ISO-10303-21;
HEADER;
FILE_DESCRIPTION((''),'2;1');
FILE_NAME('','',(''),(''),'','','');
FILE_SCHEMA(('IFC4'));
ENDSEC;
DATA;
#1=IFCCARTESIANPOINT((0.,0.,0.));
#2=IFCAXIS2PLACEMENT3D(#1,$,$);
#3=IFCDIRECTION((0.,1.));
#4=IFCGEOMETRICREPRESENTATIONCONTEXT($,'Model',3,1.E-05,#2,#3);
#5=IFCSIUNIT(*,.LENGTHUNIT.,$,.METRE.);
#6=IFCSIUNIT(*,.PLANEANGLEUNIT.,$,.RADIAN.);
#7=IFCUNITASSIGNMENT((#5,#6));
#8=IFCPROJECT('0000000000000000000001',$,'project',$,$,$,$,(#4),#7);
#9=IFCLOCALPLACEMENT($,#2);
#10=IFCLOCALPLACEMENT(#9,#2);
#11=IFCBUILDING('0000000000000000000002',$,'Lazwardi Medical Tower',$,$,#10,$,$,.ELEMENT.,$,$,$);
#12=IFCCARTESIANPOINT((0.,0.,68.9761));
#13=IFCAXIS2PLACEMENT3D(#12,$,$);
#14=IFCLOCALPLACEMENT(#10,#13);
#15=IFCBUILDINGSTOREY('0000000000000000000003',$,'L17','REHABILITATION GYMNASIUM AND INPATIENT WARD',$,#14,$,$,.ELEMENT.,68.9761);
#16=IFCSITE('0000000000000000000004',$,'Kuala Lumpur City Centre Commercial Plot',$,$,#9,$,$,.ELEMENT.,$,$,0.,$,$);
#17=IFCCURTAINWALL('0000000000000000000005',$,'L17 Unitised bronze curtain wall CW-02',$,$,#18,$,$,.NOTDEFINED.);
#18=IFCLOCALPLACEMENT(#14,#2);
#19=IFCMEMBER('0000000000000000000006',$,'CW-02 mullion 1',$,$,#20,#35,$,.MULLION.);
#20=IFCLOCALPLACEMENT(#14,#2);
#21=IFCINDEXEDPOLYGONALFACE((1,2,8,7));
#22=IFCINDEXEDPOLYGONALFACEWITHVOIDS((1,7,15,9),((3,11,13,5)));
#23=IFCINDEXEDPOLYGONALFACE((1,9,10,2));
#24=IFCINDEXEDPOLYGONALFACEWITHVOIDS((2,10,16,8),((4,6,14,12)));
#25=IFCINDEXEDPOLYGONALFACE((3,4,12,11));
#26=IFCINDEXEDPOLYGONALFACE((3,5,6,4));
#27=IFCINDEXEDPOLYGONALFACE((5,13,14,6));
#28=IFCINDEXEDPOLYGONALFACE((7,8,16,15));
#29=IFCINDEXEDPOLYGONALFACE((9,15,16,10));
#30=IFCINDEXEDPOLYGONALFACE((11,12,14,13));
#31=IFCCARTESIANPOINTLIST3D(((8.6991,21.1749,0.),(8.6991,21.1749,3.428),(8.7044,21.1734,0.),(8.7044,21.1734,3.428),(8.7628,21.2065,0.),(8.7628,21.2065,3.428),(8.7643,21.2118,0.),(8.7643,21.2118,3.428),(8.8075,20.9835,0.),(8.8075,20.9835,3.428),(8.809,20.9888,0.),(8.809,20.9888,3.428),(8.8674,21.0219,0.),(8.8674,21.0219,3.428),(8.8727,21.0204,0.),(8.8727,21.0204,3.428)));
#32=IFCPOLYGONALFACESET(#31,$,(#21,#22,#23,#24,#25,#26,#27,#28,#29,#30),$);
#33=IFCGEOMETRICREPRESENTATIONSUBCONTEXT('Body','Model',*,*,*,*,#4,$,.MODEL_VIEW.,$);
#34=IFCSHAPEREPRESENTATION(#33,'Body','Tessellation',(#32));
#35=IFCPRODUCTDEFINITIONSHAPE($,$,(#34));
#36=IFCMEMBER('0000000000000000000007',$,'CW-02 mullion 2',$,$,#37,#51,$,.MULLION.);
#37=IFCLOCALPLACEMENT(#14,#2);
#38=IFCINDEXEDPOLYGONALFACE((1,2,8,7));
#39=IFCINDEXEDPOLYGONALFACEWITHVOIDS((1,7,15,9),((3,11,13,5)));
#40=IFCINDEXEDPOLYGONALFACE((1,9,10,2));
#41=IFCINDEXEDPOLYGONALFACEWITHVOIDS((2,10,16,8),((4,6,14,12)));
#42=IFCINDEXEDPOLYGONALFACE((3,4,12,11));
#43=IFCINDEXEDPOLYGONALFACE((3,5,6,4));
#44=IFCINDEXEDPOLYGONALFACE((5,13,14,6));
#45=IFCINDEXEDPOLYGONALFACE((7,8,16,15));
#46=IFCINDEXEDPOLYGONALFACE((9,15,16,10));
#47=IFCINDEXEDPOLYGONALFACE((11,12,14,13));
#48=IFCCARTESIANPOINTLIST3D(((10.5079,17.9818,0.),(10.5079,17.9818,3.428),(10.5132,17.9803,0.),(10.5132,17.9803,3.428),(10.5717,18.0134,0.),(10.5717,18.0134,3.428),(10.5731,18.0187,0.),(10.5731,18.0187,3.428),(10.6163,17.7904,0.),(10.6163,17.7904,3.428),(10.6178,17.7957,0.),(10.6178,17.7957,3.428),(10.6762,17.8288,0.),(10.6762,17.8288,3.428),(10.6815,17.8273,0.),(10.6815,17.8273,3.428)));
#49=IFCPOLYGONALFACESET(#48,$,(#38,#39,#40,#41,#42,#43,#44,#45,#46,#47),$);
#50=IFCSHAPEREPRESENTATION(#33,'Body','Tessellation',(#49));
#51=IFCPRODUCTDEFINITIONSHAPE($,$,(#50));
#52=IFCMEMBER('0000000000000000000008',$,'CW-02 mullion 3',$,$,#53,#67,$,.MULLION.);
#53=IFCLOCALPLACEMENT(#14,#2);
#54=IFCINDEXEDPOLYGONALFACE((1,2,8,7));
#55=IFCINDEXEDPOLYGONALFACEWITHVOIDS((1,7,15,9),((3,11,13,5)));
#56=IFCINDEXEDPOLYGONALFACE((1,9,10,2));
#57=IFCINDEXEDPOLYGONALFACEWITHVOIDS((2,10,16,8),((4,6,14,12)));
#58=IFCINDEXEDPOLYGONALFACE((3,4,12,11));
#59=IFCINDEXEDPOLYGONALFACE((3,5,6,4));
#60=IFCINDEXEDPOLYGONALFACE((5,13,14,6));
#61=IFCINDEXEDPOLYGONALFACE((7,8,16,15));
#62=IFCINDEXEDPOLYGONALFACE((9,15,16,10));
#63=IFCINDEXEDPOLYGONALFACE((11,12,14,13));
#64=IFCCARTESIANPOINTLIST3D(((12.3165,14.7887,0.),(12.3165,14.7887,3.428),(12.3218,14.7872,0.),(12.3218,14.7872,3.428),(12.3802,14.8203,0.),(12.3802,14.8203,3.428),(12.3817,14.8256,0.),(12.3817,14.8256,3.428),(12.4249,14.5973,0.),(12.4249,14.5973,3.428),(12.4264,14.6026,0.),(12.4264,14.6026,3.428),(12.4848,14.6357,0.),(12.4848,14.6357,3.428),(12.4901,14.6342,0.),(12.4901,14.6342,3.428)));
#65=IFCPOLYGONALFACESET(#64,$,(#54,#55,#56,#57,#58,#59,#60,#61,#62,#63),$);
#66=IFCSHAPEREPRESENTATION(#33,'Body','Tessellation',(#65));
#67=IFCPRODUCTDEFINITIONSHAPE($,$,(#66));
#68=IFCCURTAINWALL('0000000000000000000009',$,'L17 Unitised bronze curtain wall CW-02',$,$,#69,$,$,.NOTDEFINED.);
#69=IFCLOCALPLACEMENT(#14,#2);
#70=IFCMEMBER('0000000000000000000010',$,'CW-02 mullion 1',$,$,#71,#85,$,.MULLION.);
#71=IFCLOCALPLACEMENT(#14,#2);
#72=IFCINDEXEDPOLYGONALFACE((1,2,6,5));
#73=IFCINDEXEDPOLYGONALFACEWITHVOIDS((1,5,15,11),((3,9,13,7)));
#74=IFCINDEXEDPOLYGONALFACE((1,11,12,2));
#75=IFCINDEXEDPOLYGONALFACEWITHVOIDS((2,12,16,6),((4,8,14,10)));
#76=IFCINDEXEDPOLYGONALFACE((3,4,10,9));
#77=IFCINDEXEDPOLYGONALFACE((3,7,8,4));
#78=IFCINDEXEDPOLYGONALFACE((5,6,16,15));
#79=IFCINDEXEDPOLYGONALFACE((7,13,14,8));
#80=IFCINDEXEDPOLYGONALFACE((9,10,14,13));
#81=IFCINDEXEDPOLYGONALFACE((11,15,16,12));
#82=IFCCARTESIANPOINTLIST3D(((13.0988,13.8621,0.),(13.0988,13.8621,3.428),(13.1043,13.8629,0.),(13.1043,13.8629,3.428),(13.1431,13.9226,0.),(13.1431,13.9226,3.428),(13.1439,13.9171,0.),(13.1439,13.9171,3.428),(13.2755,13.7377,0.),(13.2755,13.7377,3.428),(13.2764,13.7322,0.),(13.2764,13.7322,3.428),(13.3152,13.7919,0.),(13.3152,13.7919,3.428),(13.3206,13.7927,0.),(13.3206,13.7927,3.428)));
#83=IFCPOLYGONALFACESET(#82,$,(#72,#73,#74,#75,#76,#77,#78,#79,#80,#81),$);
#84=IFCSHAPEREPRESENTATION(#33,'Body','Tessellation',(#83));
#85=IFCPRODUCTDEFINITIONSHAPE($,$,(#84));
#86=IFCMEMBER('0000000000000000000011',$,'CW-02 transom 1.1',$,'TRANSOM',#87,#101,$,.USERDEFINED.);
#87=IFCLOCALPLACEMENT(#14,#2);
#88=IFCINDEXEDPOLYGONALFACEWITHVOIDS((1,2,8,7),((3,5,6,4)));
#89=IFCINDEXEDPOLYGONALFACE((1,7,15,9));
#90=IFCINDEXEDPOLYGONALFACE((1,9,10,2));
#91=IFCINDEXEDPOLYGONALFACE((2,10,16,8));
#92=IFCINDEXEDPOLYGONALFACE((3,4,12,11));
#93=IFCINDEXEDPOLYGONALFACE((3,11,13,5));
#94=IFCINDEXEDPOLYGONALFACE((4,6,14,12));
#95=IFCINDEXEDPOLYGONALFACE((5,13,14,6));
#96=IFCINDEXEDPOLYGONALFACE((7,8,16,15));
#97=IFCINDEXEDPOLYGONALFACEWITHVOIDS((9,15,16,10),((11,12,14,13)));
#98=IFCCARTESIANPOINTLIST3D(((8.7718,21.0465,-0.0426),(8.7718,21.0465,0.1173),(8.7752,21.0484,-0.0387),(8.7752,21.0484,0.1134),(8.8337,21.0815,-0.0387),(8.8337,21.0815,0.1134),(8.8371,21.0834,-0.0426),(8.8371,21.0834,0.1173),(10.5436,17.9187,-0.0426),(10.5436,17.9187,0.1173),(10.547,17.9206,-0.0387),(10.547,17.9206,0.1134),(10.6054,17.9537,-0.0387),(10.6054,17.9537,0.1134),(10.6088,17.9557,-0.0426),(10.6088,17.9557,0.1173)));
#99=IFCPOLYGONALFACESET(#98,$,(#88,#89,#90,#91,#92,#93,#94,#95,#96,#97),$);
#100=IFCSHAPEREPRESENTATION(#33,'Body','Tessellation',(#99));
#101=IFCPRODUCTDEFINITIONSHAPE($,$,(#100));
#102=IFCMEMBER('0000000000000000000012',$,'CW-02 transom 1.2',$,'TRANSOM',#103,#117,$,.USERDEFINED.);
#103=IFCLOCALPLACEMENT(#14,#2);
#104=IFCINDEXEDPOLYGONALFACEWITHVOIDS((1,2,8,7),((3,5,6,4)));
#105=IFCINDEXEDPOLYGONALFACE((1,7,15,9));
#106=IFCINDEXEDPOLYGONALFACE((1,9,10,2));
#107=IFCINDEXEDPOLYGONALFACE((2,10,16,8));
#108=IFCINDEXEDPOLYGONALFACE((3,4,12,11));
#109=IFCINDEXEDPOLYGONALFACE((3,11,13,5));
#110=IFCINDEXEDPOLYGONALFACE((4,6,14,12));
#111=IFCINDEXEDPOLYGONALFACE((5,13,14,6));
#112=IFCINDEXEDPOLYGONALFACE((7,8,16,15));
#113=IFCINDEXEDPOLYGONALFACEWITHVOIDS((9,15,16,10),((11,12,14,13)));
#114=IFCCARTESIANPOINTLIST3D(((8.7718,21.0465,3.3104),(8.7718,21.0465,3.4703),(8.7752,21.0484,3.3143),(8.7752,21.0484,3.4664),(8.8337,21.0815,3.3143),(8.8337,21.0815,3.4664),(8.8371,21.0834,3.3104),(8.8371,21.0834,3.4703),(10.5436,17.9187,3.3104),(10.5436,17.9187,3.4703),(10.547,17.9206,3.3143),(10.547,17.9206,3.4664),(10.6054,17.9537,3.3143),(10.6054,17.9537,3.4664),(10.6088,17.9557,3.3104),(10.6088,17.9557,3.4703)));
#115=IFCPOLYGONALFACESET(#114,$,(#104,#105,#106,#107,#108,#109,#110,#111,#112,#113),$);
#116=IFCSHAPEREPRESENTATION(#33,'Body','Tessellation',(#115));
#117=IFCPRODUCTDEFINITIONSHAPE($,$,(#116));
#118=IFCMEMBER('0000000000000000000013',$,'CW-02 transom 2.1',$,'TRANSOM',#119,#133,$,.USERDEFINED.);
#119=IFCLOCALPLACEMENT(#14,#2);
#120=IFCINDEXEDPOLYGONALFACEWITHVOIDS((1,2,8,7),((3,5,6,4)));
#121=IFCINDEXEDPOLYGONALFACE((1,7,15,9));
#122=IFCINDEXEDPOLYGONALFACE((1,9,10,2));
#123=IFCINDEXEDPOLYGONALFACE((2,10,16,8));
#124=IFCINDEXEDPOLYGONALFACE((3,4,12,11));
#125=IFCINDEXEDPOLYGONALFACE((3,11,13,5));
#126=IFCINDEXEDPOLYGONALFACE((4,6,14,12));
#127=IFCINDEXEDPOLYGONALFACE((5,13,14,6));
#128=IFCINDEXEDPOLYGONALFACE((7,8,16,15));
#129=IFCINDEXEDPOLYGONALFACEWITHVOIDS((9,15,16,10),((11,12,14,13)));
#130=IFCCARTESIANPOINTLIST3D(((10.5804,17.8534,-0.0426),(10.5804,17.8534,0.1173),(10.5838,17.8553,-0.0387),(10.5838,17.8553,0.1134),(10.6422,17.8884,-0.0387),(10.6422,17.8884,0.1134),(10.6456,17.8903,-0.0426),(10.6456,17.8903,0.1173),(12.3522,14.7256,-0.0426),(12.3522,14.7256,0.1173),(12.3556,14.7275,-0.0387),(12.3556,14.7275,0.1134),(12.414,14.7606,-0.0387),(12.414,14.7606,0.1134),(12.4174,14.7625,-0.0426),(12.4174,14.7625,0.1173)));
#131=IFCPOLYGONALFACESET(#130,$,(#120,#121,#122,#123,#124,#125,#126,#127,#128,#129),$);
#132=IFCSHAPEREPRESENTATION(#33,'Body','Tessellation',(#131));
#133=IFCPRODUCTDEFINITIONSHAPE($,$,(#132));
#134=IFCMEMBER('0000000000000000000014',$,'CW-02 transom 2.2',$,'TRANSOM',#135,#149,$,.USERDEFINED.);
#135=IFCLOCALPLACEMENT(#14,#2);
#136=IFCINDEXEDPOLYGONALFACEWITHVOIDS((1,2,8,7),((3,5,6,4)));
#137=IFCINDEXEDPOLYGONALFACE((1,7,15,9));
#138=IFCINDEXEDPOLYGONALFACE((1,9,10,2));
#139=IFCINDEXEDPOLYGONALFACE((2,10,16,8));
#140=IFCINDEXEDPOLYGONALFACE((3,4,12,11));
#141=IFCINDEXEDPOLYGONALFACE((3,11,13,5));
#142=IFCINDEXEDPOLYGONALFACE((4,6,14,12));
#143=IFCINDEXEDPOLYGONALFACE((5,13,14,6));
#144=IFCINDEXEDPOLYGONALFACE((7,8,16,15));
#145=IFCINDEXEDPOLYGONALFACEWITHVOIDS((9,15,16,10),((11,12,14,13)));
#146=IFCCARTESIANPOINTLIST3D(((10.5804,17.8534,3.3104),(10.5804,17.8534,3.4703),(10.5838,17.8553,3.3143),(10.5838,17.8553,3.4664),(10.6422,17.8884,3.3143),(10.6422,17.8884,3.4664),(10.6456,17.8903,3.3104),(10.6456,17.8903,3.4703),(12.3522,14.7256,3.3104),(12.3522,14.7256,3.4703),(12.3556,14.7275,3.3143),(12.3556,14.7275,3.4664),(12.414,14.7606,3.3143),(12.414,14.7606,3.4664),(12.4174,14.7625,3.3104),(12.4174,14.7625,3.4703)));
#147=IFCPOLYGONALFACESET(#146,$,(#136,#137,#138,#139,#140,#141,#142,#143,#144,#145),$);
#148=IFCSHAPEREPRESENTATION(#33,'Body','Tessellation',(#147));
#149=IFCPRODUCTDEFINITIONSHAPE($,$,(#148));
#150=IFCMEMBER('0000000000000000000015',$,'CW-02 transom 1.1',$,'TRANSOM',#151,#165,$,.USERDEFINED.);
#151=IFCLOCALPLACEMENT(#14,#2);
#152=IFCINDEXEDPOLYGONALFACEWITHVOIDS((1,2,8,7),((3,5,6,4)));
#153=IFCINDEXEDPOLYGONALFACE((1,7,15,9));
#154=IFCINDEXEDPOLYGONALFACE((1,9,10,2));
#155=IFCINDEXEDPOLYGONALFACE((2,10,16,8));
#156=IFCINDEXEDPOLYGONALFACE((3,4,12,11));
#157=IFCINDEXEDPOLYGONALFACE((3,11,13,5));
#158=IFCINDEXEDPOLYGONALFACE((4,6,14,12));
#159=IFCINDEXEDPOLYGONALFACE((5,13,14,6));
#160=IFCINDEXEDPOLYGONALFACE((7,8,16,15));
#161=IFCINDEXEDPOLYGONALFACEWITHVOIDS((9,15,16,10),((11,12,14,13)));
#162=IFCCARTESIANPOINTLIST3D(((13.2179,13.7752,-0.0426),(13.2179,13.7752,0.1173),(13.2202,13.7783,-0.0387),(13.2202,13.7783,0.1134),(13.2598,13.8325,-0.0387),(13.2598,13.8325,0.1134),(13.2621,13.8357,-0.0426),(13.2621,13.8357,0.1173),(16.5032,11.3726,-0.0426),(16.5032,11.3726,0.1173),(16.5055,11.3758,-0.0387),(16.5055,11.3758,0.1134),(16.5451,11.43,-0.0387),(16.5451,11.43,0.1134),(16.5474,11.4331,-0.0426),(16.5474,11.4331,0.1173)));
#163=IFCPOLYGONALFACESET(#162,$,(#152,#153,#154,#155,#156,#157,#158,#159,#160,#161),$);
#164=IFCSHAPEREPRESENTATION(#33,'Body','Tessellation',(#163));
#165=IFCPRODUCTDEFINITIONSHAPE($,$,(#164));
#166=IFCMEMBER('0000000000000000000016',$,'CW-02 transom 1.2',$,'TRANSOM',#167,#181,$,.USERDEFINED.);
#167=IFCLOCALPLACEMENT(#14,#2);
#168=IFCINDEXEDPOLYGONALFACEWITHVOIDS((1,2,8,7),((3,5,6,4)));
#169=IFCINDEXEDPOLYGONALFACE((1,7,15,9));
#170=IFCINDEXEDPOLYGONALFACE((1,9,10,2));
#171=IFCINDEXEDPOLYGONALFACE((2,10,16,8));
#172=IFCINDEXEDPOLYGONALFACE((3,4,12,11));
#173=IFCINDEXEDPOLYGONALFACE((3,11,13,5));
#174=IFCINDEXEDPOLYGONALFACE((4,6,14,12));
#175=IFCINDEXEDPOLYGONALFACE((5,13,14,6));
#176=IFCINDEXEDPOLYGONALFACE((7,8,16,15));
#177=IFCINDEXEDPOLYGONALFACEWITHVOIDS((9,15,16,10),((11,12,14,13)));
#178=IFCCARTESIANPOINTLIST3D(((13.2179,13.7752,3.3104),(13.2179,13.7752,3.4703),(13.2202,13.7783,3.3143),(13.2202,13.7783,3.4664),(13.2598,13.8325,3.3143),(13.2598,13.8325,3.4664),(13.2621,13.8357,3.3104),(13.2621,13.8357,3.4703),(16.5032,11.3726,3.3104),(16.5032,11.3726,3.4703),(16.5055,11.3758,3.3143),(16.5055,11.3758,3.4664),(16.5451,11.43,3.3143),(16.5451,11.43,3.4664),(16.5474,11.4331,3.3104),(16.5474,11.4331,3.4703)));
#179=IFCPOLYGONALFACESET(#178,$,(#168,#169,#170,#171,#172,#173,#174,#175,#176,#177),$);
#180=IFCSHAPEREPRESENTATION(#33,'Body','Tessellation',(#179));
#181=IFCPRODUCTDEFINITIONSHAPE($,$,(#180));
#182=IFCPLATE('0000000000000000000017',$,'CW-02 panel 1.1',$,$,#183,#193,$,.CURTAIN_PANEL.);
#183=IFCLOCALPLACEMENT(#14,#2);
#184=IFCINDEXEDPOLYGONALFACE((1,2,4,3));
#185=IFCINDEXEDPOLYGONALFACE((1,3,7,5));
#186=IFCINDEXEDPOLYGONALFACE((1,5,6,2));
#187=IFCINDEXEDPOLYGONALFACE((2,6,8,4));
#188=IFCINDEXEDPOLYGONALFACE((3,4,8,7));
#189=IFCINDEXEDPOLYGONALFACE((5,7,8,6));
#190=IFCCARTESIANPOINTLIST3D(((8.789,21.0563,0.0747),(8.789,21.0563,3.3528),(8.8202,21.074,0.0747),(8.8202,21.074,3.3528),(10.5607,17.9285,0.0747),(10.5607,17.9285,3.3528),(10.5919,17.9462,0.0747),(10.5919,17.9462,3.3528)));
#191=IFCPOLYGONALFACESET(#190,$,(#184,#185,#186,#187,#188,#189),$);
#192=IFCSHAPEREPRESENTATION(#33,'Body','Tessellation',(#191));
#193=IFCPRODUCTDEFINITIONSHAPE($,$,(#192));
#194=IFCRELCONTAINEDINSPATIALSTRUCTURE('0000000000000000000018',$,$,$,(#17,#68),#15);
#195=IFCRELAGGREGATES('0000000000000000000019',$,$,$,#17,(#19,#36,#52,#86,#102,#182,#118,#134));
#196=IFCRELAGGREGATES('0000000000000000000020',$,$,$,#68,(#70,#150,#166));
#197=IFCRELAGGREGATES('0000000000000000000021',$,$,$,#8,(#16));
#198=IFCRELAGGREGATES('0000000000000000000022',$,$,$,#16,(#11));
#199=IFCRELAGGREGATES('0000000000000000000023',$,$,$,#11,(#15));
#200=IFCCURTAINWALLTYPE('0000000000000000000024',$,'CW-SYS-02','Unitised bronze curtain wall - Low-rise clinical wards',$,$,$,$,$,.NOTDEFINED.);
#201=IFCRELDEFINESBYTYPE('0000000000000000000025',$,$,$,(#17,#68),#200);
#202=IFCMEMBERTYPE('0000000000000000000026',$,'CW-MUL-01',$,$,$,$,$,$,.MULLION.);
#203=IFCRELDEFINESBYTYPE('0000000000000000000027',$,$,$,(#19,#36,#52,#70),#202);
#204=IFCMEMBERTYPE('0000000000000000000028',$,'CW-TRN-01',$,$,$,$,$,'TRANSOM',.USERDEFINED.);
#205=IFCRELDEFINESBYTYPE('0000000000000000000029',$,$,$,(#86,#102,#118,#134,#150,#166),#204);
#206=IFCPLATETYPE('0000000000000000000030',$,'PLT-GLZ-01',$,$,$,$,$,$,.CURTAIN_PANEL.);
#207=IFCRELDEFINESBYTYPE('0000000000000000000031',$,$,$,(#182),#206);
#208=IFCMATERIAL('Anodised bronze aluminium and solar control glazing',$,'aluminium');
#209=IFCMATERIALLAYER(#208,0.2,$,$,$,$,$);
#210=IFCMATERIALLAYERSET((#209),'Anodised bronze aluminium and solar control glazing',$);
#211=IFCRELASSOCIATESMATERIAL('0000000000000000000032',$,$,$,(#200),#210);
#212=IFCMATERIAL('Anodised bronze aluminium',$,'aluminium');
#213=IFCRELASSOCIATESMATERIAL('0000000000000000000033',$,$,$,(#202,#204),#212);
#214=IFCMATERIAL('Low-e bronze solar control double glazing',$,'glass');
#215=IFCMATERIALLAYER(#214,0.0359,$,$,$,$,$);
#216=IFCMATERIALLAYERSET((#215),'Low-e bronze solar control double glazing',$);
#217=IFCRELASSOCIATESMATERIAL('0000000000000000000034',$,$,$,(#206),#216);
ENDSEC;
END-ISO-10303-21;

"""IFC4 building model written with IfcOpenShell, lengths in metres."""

from ifc_helpers import new_model, si_unit, direction, frame, origin, origin_2d, place, context, subcontext, project, spatial, rectangle, hollow_rectangle, extrude, material, layer, layer_set, material_profile, profile_set, type_object, element, aggregate, save


model = new_model("IFC4")

# Units and contexts
model_context = context("Model", 3, precision=1e-05, world=origin(), true_north=direction((0.0, 1.0)))
body_context = subcontext(model_context, "Body", "Model", "MODEL_VIEW")
ifc_project = project(units=[si_unit("LENGTHUNIT", "METRE"), si_unit("PLANEANGLEUNIT", "RADIAN")], contexts=[model_context])

# Site, building, storey
site_placement = place(None, origin())
site = spatial("IfcSite", under=ifc_project, at=site_placement, Name="Kuala Lumpur City Centre Commercial Plot", CompositionType="ELEMENT", RefElevation=0.0)
building_placement = place(site_placement, origin())
building = spatial("IfcBuilding", under=site, at=building_placement, Name="Lazwardi Medical Tower", CompositionType="ELEMENT")
storey_placement = place(building_placement, frame((0.0, 0.0, 68.9761)))
storey = spatial("IfcBuildingStorey", under=building, at=storey_placement, Name="L17", Description="REHABILITATION GYMNASIUM AND INPATIENT WARD", CompositionType="ELEMENT", Elevation=68.9761)

# Curtain wall, members
ifc_material_1 = material(Name="Anodised bronze aluminium and solar control glazing", Category="aluminium")
ifc_layer_1 = layer(ifc_material_1, 0.2)
ifc_layer_set_1 = layer_set([ifc_layer_1], Name="Anodised bronze aluminium and solar control glazing")
curtain_wall_type = type_object("IfcCurtainWallType", Name="CW-SYS-02", Description="Unitised bronze curtain wall - Low-rise clinical wards", PredefinedType="NOTDEFINED", material=ifc_layer_set_1)
curtain_wall_1_placement = place(storey_placement, origin())
curtain_wall_1 = element("IfcCurtainWall", 1, at=curtain_wall_1_placement, inside=storey, type_object=curtain_wall_type, Name="L17 Unitised bronze curtain wall CW-02", PredefinedType="NOTDEFINED")
ifc_material_2 = material(Name="Anodised bronze aluminium", Category="aluminium")
ifc_material_profile_1 = material_profile(ifc_material_2, hollow_rectangle(XDim=0.075, YDim=0.22, WallThickness=0.0039, at=origin_2d()), Name="ALU-MULLION 220x75x4")
ifc_profile_set_1 = profile_set([ifc_material_profile_1], Name="Anodised bronze aluminium")
member_type_1 = type_object("IfcMemberType", Name="CW-MUL-01", PredefinedType="MULLION", material=ifc_profile_set_1)
member_1_placement = place(storey_placement, frame((8.7859, 21.0977, 0.0), z_axis=(0.0, 0.0, 1.0), x_axis=(0.870112, 0.492854, 0.0)))
member_1 = element("IfcMember", 2, at=member_1_placement, type_object=member_type_1, Name="CW-02 mullion 1", PredefinedType="MULLION", context=body_context, shape_type="SweptSolid", body=[
    extrude(hollow_rectangle(XDim=0.075, YDim=0.22, WallThickness=0.0039, at=origin_2d()), origin(), (0.0, 0.0, 1.0), 3.428),
])
member_2_placement = place(storey_placement, frame((10.5947, 17.9045, 0.0), z_axis=(0.0, 0.0, 1.0), x_axis=(0.870112, 0.492854, 0.0)))
member_2 = element("IfcMember", 3, at=member_2_placement, type_object=member_type_1, Name="CW-02 mullion 2", PredefinedType="MULLION", context=body_context, shape_type="SweptSolid", body=[
    extrude(hollow_rectangle(XDim=0.075, YDim=0.22, WallThickness=0.0039, at=origin_2d()), origin(), (0.0, 0.0, 1.0), 3.428),
])
member_3_placement = place(storey_placement, frame((12.4033, 14.7114, 0.0), z_axis=(0.0, 0.0, 1.0), x_axis=(0.870112, 0.492854, 0.0)))
member_3 = element("IfcMember", 4, at=member_3_placement, type_object=member_type_1, Name="CW-02 mullion 3", PredefinedType="MULLION", context=body_context, shape_type="SweptSolid", body=[
    extrude(hollow_rectangle(XDim=0.075, YDim=0.22, WallThickness=0.0039, at=origin_2d()), origin(), (0.0, 0.0, 1.0), 3.428),
])

# Curtain wall, member
curtain_wall_2_placement = place(storey_placement, origin())
curtain_wall_2 = element("IfcCurtainWall", 5, at=curtain_wall_2_placement, inside=storey, type_object=curtain_wall_type, Name="L17 Unitised bronze curtain wall CW-02", PredefinedType="NOTDEFINED")
member_4_placement = place(storey_placement, frame((13.2097, 13.8274, 0.0), z_axis=(0.0, 0.0, 1.0), x_axis=(0.590289, 0.807192, 0.0)))
member_4 = element("IfcMember", 6, at=member_4_placement, type_object=member_type_1, Name="CW-02 mullion 1", PredefinedType="MULLION", context=body_context, shape_type="SweptSolid", body=[
    extrude(hollow_rectangle(XDim=0.075, YDim=0.22, WallThickness=0.0039, at=origin_2d()), origin(), (0.0, 0.0, 1.0), 3.428),
])

# Members
ifc_material_profile_2 = material_profile(ifc_material_2, hollow_rectangle(XDim=0.075, YDim=0.1599, WallThickness=0.0039, at=origin_2d()), Name="ALU-TRANSOM 160x75x4")
ifc_profile_set_2 = profile_set([ifc_material_profile_2], Name="Anodised bronze aluminium")
member_type_2 = type_object("IfcMemberType", Name="CW-TRN-01", ElementType="TRANSOM", PredefinedType="USERDEFINED", material=ifc_profile_set_2)
member_5_placement = place(storey_placement, frame((8.8044, 21.0649, 0.0374), z_axis=(0.492881, -0.870097, 0.0), x_axis=(0.870097, 0.492881, 0.0)))
member_5 = element("IfcMember", 7, at=member_5_placement, type_object=member_type_2, Name="CW-02 transom 1.1", ObjectType="TRANSOM", PredefinedType="USERDEFINED", context=body_context, shape_type="SweptSolid", body=[
    extrude(hollow_rectangle(XDim=0.075, YDim=0.1599, WallThickness=0.0039, at=origin_2d()), origin(), (0.0, 0.0, 1.0), 3.5947),
])
member_6_placement = place(storey_placement, frame((8.8044, 21.0649, 3.3904), z_axis=(0.492881, -0.870097, 0.0), x_axis=(0.870097, 0.492881, 0.0)))
member_6 = element("IfcMember", 8, at=member_6_placement, type_object=member_type_2, Name="CW-02 transom 1.2", ObjectType="TRANSOM", PredefinedType="USERDEFINED", context=body_context, shape_type="SweptSolid", body=[
    extrude(hollow_rectangle(XDim=0.075, YDim=0.1599, WallThickness=0.0039, at=origin_2d()), origin(), (0.0, 0.0, 1.0), 3.5947),
])
member_7_placement = place(storey_placement, frame((10.613, 17.8718, 0.0374), z_axis=(0.492881, -0.870097, 0.0), x_axis=(0.870097, 0.492881, 0.0)))
member_7 = element("IfcMember", 9, at=member_7_placement, type_object=member_type_2, Name="CW-02 transom 2.1", ObjectType="TRANSOM", PredefinedType="USERDEFINED", context=body_context, shape_type="SweptSolid", body=[
    extrude(hollow_rectangle(XDim=0.075, YDim=0.1599, WallThickness=0.0039, at=origin_2d()), origin(), (0.0, 0.0, 1.0), 3.5947),
])
member_8_placement = place(storey_placement, frame((10.613, 17.8718, 3.3904), z_axis=(0.492881, -0.870097, 0.0), x_axis=(0.870097, 0.492881, 0.0)))
member_8 = element("IfcMember", 10, at=member_8_placement, type_object=member_type_2, Name="CW-02 transom 2.2", ObjectType="TRANSOM", PredefinedType="USERDEFINED", context=body_context, shape_type="SweptSolid", body=[
    extrude(hollow_rectangle(XDim=0.075, YDim=0.1599, WallThickness=0.0039, at=origin_2d()), origin(), (0.0, 0.0, 1.0), 3.5947),
])
member_9_placement = place(storey_placement, frame((13.24, 13.8054, 0.0374), z_axis=(0.80719, -0.590292, 0.0), x_axis=(0.590292, 0.80719, 0.0)))
member_9 = element("IfcMember", 11, at=member_9_placement, type_object=member_type_2, Name="CW-02 transom 1.1", ObjectType="TRANSOM", PredefinedType="USERDEFINED", context=body_context, shape_type="SweptSolid", body=[
    extrude(hollow_rectangle(XDim=0.075, YDim=0.1599, WallThickness=0.0039, at=origin_2d()), origin(), (0.0, 0.0, 1.0), 4.0701),
])
member_10_placement = place(storey_placement, frame((13.24, 13.8054, 3.3904), z_axis=(0.80719, -0.590292, 0.0), x_axis=(0.590292, 0.80719, 0.0)))
member_10 = element("IfcMember", 12, at=member_10_placement, type_object=member_type_2, Name="CW-02 transom 1.2", ObjectType="TRANSOM", PredefinedType="USERDEFINED", context=body_context, shape_type="SweptSolid", body=[
    extrude(hollow_rectangle(XDim=0.075, YDim=0.1599, WallThickness=0.0039, at=origin_2d()), origin(), (0.0, 0.0, 1.0), 4.0701),
])

# Plate
ifc_material_3 = material(Name="Low-e bronze solar control double glazing", Category="glass")
ifc_layer_2 = layer(ifc_material_3, 0.0359)
ifc_layer_set_2 = layer_set([ifc_layer_2], Name="Low-e bronze solar control double glazing")
plate_type = type_object("IfcPlateType", Name="PLT-GLZ-01", PredefinedType="CURTAIN_PANEL", material=ifc_layer_set_2)
plate_1_placement = place(storey_placement, frame((9.6904, 19.5012, 0.0747), z_axis=(0.0, 0.0, 1.0), x_axis=(0.492854, -0.870112, 0.0)))
plate_1 = element("IfcPlate", 13, at=plate_1_placement, type_object=plate_type, Name="CW-02 panel 1.1", PredefinedType="CURTAIN_PANEL", context=body_context, shape_type="SweptSolid", body=[
    extrude(rectangle(XDim=3.5947, YDim=0.0359, at=origin_2d()), origin(), (0.0, 0.0, 1.0), 3.2781),
])
aggregate(curtain_wall_1, [member_1, member_2, member_3, member_5, member_6, plate_1, member_7, member_8])
aggregate(curtain_wall_2, [member_4, member_9, member_10])

save(model, "model.ifc")
